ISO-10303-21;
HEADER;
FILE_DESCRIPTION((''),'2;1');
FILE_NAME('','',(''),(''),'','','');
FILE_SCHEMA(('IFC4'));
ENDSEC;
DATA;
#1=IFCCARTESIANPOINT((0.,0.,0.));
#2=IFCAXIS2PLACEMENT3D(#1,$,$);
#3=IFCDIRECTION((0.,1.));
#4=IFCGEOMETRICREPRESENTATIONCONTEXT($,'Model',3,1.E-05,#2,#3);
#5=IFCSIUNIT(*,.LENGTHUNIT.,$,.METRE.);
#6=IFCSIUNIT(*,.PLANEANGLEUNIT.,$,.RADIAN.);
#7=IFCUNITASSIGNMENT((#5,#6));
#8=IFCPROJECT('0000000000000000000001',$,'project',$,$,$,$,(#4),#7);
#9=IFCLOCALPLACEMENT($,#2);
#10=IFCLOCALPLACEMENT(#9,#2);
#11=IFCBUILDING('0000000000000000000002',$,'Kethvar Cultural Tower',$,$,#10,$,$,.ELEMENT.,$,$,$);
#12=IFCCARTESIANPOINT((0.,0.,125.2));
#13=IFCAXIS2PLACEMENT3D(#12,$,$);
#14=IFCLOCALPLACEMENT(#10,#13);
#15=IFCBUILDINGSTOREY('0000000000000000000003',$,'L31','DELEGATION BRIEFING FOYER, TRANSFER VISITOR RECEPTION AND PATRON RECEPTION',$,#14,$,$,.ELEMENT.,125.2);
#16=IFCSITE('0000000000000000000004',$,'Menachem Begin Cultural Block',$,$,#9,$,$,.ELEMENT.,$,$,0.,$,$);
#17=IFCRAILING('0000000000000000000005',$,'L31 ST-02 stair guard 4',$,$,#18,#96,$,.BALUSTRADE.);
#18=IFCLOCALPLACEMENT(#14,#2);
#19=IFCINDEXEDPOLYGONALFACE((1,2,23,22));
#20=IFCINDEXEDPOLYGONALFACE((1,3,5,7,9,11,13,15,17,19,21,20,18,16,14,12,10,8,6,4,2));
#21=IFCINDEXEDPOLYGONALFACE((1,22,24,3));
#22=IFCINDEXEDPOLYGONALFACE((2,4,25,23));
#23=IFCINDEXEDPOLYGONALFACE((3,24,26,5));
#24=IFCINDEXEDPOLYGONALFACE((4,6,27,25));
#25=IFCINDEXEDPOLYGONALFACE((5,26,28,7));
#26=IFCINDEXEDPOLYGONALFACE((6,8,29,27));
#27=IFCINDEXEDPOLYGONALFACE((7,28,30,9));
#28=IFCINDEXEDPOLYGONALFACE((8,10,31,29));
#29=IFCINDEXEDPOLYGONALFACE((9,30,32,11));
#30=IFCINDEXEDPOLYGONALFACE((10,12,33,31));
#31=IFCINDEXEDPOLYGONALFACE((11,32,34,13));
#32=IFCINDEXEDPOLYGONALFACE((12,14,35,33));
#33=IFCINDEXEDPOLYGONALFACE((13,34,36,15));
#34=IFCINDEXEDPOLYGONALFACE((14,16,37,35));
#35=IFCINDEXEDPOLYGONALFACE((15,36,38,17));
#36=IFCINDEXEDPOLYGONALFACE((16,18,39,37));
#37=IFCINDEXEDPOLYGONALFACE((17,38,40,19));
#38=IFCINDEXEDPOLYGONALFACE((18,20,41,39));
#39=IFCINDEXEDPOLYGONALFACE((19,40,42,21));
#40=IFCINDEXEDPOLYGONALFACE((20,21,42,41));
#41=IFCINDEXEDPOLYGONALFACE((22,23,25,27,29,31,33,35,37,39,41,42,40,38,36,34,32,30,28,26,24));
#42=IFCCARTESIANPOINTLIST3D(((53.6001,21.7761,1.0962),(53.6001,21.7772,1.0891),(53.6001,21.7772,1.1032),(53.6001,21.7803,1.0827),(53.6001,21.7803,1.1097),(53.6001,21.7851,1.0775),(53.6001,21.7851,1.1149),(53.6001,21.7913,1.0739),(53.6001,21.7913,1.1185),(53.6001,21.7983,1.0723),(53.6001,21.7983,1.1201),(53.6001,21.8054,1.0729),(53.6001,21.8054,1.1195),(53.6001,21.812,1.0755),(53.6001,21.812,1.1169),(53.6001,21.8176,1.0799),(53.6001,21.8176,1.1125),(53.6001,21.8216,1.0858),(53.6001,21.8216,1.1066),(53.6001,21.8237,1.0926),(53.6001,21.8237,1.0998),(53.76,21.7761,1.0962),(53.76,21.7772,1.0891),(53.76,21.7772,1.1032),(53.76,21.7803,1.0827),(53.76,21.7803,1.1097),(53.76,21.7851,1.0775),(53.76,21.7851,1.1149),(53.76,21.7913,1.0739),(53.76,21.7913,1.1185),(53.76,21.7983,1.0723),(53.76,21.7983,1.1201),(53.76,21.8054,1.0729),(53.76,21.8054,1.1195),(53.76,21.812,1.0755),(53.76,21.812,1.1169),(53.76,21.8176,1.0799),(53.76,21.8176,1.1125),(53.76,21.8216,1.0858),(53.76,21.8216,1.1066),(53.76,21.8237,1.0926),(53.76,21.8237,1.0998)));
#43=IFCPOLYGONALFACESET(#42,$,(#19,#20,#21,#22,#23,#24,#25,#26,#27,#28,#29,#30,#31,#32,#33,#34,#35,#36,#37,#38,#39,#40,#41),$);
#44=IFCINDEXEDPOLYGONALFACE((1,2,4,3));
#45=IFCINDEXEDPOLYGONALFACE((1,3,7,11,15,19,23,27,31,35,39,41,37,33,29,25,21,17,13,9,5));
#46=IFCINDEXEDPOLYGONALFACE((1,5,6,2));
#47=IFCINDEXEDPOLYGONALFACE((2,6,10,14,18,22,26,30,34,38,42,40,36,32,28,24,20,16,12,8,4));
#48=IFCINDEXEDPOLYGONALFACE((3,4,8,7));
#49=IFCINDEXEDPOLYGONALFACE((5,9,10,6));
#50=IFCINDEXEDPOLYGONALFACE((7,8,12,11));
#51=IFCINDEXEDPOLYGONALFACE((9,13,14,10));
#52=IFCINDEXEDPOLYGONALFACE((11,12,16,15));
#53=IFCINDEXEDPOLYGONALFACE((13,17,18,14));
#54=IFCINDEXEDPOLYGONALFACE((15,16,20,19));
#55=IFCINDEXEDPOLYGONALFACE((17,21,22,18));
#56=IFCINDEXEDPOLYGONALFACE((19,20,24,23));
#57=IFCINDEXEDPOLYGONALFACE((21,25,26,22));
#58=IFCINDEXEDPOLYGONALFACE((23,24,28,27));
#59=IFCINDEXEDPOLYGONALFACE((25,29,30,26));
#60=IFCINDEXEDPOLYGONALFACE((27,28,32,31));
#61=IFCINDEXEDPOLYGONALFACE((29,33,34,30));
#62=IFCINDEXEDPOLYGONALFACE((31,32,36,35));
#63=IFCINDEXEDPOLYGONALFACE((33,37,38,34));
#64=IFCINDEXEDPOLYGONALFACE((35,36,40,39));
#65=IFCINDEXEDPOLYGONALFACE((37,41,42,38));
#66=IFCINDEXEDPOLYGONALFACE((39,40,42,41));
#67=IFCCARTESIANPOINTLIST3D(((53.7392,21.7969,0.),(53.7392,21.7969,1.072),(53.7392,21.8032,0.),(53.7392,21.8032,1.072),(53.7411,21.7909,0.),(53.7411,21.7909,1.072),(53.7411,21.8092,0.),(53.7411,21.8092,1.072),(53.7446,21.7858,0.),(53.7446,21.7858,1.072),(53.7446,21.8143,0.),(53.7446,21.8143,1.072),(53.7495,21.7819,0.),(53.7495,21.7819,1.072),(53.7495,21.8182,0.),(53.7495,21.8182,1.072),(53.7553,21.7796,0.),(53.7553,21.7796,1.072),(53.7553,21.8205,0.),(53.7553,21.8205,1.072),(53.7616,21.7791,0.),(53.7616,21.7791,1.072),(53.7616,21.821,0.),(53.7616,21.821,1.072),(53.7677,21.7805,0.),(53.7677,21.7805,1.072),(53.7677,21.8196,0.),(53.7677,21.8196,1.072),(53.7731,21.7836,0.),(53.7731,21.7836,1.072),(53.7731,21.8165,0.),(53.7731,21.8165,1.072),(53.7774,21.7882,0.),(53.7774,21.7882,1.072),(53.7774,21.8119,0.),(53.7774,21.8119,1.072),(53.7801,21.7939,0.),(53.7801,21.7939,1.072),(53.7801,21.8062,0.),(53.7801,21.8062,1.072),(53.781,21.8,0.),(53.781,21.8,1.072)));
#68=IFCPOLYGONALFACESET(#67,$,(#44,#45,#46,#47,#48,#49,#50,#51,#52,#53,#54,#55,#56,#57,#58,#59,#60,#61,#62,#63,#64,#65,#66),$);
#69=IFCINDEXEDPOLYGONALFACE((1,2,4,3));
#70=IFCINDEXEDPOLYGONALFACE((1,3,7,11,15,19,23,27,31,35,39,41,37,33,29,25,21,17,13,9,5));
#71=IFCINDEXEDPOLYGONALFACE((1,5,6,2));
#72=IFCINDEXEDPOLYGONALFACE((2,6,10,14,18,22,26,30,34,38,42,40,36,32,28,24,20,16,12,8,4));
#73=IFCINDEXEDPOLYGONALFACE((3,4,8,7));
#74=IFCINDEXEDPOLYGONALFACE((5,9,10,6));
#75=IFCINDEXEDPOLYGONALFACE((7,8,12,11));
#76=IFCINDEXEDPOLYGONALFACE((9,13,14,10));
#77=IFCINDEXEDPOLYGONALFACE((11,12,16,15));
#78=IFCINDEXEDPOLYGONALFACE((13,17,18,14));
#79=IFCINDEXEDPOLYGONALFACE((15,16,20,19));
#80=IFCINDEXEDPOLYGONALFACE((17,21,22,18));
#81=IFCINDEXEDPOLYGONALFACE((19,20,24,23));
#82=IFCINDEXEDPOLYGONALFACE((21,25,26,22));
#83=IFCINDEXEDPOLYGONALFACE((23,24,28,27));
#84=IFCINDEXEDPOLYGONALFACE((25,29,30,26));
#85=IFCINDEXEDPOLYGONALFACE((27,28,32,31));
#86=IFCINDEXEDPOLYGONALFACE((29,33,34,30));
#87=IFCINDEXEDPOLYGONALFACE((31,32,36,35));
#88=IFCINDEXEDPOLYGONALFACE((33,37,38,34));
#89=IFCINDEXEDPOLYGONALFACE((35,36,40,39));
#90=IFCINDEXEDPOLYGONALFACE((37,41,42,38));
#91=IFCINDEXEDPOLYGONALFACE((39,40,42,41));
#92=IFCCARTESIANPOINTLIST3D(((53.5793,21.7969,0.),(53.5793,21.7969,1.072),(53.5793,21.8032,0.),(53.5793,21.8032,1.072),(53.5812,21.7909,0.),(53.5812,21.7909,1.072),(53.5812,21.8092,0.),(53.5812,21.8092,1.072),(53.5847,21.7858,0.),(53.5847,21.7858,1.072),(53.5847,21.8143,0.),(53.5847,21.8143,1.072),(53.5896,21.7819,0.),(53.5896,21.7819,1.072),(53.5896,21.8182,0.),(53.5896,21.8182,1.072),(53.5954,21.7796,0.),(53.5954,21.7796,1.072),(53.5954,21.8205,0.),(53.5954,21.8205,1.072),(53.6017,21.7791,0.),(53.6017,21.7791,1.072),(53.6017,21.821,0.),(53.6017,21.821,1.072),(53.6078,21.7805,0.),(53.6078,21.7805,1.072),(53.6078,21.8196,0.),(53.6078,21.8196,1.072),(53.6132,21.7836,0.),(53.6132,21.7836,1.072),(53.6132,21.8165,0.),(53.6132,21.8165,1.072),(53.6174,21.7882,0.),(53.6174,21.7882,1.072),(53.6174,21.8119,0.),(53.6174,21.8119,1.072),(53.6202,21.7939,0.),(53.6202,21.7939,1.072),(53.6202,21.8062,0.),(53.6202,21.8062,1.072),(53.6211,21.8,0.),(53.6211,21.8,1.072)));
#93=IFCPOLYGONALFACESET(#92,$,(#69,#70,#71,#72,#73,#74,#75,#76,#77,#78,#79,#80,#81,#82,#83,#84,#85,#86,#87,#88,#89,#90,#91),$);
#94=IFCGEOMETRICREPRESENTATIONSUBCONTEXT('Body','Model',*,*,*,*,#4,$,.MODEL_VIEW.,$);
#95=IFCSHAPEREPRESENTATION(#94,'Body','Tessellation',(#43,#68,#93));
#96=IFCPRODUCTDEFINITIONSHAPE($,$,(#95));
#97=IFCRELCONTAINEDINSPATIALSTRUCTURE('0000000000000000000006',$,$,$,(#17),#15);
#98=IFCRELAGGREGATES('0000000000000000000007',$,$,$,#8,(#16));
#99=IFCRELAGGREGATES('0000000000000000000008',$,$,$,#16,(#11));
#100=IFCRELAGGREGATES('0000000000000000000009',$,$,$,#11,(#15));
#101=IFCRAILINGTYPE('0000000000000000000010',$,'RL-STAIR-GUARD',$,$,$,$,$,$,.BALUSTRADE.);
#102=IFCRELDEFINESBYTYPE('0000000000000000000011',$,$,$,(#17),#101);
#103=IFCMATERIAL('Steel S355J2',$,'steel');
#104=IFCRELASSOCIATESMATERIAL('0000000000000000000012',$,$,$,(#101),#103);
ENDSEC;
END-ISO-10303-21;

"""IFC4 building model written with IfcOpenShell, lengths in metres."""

from ifc_helpers import new_model, si_unit, direction, frame, origin, origin_2d, place, context, subcontext, project, spatial, circle, extrude, material, type_object, element, save


model = new_model("IFC4")

# Units and contexts
model_context = context("Model", 3, precision=1e-05, world=origin(), true_north=direction((0.0, 1.0)))
body_context = subcontext(model_context, "Body", "Model", "MODEL_VIEW")
ifc_project = project(units=[si_unit("LENGTHUNIT", "METRE"), si_unit("PLANEANGLEUNIT", "RADIAN")], contexts=[model_context])

# Site, building, storey
site_placement = place(None, origin())
site = spatial("IfcSite", under=ifc_project, at=site_placement, Name="Menachem Begin Cultural Block", CompositionType="ELEMENT", RefElevation=0.0)
building_placement = place(site_placement, origin())
building = spatial("IfcBuilding", under=site, at=building_placement, Name="Kethvar Cultural Tower", CompositionType="ELEMENT")
storey_placement = place(building_placement, frame((0.0, 0.0, 125.2)))
storey = spatial("IfcBuildingStorey", under=building, at=storey_placement, Name="L31", Description="DELEGATION BRIEFING FOYER, TRANSFER VISITOR RECEPTION AND PATRON RECEPTION", CompositionType="ELEMENT", Elevation=125.2)

# Shared definitions
ifc_material_1 = material(Name="Steel S355J2", Category="steel")

# Railing
railing_type_1 = type_object("IfcRailingType", Name="RL-STAIR-GUARD", PredefinedType="BALUSTRADE", material=ifc_material_1)
railing_1_placement = place(storey_placement, frame((53.76, 21.8, 0.0)))
element("IfcRailing", 1, at=railing_1_placement, inside=storey, type_object=railing_type_1, Name="L31 ST-02 stair guard 4", PredefinedType="BALUSTRADE", context=body_context, shape_type="SweptSolid", body=[
    extrude(circle(Radius=0.0239, at=origin_2d()), frame((0.0, 0.0, 1.0962), z_axis=(-1.0, 0.0, 0.0), x_axis=(0.0, -1.0, 0.0)), (0.0, 0.0, 1.0), 0.1599),
    extrude(circle(Radius=0.021, at=origin_2d()), origin(), (0.0, 0.0, 1.0), 1.072),
    extrude(circle(Radius=0.021, at=origin_2d()), frame((-0.1599, 0.0, 0.0)), (0.0, 0.0, 1.0), 1.072),
])

save(model, "model.ifc")
